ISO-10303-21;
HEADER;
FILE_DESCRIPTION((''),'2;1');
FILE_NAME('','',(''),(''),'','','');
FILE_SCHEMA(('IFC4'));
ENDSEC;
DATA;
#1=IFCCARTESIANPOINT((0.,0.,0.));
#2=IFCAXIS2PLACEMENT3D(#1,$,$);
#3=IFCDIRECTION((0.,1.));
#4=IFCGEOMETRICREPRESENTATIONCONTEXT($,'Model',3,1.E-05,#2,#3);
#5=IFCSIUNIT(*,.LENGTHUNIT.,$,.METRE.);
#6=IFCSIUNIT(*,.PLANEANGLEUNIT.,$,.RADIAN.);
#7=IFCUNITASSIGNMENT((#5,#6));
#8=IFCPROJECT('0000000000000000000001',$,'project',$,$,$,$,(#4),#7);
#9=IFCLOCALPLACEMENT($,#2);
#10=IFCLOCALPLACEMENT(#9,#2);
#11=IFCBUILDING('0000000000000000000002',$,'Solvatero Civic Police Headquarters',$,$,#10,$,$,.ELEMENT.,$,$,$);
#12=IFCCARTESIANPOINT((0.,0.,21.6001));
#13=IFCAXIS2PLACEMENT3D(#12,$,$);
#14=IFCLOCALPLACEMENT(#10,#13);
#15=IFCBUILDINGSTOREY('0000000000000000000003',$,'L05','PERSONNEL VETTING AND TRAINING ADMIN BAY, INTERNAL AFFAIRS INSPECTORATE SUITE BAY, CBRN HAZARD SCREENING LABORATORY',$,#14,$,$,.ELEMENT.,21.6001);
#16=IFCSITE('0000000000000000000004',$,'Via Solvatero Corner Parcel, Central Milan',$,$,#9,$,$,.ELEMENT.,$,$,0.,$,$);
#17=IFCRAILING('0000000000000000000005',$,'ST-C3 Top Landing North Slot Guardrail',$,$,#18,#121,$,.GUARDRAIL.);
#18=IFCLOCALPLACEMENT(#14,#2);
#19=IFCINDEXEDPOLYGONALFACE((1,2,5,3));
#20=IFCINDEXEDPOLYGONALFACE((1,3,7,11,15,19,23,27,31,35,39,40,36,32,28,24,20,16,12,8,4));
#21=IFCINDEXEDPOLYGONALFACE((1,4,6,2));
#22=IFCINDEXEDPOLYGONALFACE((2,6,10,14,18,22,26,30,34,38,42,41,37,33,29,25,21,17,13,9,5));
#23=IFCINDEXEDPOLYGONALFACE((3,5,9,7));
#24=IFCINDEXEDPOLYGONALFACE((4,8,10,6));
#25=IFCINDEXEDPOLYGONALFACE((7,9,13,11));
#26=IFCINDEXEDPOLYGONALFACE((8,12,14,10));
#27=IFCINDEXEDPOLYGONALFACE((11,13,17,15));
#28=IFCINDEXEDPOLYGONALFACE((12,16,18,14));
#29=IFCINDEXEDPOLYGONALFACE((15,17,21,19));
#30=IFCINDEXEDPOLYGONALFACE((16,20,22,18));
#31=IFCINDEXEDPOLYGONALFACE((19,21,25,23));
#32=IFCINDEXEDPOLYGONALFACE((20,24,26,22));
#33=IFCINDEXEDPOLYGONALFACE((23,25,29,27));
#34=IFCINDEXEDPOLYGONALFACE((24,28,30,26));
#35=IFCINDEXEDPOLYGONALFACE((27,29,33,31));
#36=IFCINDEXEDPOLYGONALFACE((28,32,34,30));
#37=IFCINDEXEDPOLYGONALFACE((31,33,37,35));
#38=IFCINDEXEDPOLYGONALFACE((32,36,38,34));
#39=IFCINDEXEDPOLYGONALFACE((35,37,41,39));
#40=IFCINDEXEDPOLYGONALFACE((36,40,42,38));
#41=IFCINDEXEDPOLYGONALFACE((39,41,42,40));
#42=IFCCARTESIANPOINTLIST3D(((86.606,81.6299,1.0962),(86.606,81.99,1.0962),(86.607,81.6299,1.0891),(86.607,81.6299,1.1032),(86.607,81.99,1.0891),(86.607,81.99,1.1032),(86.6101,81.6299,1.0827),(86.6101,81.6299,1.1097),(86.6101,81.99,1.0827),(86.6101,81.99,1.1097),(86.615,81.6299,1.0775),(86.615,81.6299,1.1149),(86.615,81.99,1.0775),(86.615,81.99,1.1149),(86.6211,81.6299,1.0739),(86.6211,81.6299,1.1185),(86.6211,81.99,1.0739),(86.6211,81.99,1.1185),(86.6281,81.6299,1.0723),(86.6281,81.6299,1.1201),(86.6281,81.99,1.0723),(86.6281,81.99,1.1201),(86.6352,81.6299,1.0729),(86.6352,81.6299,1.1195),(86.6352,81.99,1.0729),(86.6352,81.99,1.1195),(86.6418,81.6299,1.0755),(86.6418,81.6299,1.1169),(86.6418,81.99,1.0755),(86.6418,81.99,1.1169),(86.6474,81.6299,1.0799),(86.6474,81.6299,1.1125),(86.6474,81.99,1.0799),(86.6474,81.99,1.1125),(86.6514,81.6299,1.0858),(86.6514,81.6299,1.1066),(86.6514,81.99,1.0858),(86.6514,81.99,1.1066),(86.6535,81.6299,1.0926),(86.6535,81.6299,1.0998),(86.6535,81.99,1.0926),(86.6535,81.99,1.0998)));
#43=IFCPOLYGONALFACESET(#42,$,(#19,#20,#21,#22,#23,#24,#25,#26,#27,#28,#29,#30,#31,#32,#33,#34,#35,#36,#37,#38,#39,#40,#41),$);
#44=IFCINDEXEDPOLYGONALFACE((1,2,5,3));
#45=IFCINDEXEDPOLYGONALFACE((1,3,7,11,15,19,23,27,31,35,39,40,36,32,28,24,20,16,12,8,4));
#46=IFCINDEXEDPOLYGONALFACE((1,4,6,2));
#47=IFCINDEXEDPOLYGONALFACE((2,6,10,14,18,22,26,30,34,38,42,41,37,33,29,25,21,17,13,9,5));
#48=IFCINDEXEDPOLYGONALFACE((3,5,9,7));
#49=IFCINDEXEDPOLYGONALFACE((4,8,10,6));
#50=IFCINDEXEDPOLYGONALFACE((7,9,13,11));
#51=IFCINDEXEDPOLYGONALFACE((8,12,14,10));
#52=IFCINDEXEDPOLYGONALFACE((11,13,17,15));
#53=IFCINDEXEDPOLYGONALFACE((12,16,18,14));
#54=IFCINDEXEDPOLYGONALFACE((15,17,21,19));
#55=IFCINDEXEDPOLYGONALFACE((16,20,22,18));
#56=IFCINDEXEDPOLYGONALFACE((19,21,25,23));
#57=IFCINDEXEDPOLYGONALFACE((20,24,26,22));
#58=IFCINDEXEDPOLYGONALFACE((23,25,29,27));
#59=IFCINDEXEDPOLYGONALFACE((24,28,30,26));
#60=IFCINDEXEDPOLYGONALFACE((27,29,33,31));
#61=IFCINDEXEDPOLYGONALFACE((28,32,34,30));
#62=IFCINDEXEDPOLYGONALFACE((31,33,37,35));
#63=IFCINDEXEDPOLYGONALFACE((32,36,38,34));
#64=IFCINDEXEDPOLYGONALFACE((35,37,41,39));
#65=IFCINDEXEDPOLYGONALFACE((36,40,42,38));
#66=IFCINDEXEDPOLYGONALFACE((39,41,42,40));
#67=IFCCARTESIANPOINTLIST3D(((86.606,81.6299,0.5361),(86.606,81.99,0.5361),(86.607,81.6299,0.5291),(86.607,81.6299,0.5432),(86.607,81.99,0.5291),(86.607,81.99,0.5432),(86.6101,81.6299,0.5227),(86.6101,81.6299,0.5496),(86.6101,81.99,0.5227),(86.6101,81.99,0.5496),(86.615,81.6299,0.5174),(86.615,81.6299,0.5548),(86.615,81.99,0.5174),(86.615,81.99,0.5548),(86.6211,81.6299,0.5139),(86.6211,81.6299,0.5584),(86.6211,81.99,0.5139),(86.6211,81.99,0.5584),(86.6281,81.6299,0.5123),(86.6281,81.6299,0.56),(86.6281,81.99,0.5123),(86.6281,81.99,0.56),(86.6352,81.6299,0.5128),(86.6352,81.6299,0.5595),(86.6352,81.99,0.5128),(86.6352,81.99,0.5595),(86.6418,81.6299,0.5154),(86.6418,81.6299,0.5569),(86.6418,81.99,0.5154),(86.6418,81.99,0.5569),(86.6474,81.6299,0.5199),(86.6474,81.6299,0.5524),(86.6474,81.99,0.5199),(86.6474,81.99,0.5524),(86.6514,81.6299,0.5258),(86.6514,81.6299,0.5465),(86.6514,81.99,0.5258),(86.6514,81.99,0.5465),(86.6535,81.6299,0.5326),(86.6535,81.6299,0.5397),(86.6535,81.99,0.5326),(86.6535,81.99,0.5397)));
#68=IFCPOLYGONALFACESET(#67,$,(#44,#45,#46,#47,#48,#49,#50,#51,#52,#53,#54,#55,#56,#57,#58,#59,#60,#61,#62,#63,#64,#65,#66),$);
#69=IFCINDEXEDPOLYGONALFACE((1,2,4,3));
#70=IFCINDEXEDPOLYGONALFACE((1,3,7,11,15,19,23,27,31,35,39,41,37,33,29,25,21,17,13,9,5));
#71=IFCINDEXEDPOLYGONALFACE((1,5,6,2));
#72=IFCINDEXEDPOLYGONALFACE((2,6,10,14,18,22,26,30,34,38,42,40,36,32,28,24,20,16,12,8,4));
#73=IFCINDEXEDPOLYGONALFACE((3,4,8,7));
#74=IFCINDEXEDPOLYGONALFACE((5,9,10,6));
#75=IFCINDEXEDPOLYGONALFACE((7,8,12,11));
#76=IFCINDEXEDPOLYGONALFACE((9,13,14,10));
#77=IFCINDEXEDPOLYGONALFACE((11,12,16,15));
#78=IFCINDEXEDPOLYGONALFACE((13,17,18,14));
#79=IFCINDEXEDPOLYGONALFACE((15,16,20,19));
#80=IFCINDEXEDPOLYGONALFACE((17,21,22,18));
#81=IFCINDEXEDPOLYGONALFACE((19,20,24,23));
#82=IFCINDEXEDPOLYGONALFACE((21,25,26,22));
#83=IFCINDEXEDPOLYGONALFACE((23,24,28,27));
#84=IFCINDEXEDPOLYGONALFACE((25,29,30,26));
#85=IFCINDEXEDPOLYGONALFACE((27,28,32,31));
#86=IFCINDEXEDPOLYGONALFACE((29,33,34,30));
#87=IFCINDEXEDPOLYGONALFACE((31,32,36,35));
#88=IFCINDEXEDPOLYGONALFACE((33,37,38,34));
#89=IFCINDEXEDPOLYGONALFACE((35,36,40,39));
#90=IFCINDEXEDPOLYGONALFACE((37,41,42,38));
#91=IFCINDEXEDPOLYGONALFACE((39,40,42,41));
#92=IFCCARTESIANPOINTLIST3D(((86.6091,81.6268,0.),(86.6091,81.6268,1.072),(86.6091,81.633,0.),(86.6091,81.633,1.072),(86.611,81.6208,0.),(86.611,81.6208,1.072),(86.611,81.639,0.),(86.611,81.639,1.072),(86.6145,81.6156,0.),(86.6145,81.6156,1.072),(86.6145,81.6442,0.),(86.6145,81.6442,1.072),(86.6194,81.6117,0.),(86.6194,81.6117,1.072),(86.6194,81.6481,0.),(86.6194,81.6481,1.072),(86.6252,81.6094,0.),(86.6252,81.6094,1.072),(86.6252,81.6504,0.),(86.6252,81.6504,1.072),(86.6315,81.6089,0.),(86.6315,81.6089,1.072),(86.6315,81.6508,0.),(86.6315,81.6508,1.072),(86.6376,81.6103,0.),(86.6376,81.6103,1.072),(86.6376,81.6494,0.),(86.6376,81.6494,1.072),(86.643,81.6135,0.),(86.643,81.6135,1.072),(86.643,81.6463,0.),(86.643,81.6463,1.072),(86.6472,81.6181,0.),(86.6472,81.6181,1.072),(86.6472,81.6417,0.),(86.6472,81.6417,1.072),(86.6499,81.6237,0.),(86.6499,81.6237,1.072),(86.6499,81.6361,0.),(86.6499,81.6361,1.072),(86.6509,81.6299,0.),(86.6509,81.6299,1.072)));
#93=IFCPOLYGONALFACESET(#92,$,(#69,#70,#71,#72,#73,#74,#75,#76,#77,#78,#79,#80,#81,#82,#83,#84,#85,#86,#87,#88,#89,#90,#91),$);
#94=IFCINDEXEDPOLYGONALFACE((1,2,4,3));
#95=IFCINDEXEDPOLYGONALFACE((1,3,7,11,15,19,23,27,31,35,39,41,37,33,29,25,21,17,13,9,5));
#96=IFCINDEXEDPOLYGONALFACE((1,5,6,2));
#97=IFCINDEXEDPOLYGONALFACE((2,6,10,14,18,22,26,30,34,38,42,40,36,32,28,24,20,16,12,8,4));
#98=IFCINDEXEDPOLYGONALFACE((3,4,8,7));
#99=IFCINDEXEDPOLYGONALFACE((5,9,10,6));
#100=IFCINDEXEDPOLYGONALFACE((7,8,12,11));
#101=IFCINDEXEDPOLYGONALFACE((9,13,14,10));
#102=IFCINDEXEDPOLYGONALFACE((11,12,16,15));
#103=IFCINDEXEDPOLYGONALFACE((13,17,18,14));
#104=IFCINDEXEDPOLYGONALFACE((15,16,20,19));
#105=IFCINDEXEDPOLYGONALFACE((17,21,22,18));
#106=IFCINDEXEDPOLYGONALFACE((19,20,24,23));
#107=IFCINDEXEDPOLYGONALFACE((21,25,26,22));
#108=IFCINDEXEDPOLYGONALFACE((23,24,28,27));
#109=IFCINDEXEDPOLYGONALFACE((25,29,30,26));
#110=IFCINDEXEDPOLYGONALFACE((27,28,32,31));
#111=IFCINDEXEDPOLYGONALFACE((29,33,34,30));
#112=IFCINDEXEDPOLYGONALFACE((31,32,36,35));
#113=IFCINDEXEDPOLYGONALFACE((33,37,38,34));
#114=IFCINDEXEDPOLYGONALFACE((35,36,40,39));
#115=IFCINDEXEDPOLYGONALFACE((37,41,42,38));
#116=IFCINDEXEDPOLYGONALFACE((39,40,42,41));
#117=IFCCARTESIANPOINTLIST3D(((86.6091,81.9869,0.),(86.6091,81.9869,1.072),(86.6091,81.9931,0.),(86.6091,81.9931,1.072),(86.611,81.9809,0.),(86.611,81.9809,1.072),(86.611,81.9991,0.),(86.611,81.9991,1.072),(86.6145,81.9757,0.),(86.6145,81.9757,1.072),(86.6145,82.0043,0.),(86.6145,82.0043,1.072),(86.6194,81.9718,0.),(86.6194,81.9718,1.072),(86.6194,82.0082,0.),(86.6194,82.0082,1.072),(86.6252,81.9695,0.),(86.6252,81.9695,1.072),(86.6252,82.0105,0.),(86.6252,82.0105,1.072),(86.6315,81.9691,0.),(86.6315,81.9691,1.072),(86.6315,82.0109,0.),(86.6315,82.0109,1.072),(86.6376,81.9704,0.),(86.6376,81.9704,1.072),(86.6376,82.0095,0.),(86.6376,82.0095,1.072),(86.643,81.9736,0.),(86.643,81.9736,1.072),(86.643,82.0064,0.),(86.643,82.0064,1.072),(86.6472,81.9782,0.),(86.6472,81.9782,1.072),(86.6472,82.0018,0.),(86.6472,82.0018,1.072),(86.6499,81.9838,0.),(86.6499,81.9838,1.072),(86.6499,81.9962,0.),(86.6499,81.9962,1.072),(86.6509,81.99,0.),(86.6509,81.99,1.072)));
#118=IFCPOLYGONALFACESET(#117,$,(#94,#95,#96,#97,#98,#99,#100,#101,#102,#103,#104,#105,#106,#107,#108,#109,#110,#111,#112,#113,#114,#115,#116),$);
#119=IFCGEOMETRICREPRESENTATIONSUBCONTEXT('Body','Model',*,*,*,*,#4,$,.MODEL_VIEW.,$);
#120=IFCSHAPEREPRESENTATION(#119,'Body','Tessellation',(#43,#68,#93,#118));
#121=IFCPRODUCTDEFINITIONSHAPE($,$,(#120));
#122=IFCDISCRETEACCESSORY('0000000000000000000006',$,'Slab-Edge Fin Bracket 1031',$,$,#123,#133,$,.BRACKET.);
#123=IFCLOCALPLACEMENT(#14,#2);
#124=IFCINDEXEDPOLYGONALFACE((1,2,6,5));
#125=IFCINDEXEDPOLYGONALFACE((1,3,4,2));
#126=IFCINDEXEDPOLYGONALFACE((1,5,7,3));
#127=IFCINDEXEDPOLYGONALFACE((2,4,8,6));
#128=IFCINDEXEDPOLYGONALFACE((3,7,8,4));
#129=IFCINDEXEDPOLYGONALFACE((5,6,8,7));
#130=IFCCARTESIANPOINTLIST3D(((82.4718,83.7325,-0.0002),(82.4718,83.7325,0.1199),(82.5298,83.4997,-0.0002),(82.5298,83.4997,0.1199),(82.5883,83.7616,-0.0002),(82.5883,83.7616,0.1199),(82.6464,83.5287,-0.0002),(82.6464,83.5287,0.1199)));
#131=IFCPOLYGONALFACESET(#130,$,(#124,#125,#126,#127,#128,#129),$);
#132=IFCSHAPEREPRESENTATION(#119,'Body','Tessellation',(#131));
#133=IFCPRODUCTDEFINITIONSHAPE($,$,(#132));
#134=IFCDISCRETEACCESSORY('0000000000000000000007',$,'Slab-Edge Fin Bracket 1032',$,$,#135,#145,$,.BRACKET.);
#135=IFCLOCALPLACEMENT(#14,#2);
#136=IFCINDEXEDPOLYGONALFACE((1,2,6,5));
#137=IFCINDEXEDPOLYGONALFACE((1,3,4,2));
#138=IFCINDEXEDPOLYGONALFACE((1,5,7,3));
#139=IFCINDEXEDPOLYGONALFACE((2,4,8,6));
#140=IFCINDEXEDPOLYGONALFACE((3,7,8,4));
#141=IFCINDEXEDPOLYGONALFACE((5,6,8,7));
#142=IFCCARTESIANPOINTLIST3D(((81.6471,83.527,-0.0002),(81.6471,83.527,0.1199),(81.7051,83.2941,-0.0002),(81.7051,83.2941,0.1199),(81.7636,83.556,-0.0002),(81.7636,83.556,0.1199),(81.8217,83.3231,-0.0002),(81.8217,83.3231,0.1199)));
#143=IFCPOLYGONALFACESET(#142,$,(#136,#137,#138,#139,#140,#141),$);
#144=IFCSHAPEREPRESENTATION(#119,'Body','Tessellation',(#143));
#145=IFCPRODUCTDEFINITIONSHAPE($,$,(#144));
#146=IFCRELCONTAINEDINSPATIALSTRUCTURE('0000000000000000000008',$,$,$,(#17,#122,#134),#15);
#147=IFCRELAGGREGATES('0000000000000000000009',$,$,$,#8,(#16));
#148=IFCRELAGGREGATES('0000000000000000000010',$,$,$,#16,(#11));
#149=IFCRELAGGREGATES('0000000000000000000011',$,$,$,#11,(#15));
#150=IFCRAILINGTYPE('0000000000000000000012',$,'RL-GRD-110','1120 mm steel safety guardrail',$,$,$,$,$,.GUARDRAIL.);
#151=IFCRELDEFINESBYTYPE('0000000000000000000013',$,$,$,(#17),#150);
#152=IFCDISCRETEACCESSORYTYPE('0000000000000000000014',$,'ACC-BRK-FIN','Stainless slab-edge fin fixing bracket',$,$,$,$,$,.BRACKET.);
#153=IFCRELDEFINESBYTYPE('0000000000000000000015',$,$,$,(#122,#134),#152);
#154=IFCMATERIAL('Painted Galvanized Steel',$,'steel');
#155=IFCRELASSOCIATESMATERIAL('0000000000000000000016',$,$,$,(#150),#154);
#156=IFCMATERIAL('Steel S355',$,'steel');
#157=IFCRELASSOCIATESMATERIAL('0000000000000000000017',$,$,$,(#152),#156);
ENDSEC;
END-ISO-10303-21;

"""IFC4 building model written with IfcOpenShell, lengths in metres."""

from ifc_helpers import new_model, si_unit, direction, frame, origin, origin_2d, place, context, subcontext, project, spatial, rectangle, circle, extrude, material, type_object, element, save


model = new_model("IFC4")

# Units and contexts
model_context = context("Model", 3, precision=1e-05, world=origin(), true_north=direction((0.0, 1.0)))
body_context = subcontext(model_context, "Body", "Model", "MODEL_VIEW")
ifc_project = project(units=[si_unit("LENGTHUNIT", "METRE"), si_unit("PLANEANGLEUNIT", "RADIAN")], contexts=[model_context])

# Site, building, storey
site_placement = place(None, origin())
site = spatial("IfcSite", under=ifc_project, at=site_placement, Name="Via Solvatero Corner Parcel, Central Milan", CompositionType="ELEMENT", RefElevation=0.0)
building_placement = place(site_placement, origin())
building = spatial("IfcBuilding", under=site, at=building_placement, Name="Solvatero Civic Police Headquarters", CompositionType="ELEMENT")
storey_placement = place(building_placement, frame((0.0, 0.0, 21.6001)))
storey = spatial("IfcBuildingStorey", under=building, at=storey_placement, Name="L05", Description="PERSONNEL VETTING AND TRAINING ADMIN BAY, INTERNAL AFFAIRS INSPECTORATE SUITE BAY, CBRN HAZARD SCREENING LABORATORY", CompositionType="ELEMENT", Elevation=21.6001)

# Shared definitions
ifc_material_1 = material(Name="Steel S355", Category="steel")

# Railing
ifc_material_2 = material(Name="Painted Galvanized Steel", Category="steel")
railing_type = type_object("IfcRailingType", Name="RL-GRD-110", Description="1120 mm steel safety guardrail", PredefinedType="GUARDRAIL", material=ifc_material_2)
railing_1_placement = place(storey_placement, frame((86.6299, 81.6299, 0.0)))
element("IfcRailing", 1, at=railing_1_placement, inside=storey, type_object=railing_type, Name="ST-C3 Top Landing North Slot Guardrail", PredefinedType="GUARDRAIL", context=body_context, shape_type="SweptSolid", body=[
    extrude(circle(Radius=0.0239, at=origin_2d()), frame((0.0, 0.0, 1.0962), z_axis=(0.0, 1.0, 0.0), x_axis=(-1.0, 0.0, 0.0)), (0.0, 0.0, 1.0), 0.3601),
    extrude(circle(Radius=0.0239, at=origin_2d()), frame((0.0, 0.0, 0.5361), z_axis=(0.0, 1.0, 0.0), x_axis=(-1.0, 0.0, 0.0)), (0.0, 0.0, 1.0), 0.3601),
    extrude(circle(Radius=0.021, at=origin_2d()), origin(), (0.0, 0.0, 1.0), 1.072),
    extrude(circle(Radius=0.021, at=origin_2d()), frame((0.0, 0.3601, 0.0)), (0.0, 0.0, 1.0), 1.072),
])

# Discrete accessories
discrete_accessory_type = type_object("IfcDiscreteAccessoryType", Name="ACC-BRK-FIN", Description="Stainless slab-edge fin fixing bracket", PredefinedType="BRACKET", material=ifc_material_1)
for number, where, z_axis, x_axis, name in (
    (2, (82.5591, 83.6306, -0.0002), (0.0, 0.0, 1.0), (-0.970296, -0.241922, 0.0), "Slab-Edge Fin Bracket 1031"),
    (3, (81.7344, 83.425, -0.0002), (0.0, 0.0, 1.0), (-0.970296, -0.241922, 0.0), "Slab-Edge Fin Bracket 1032"),
):
    element("IfcDiscreteAccessory", number, at=place(storey_placement, frame(where, z_axis=z_axis, x_axis=x_axis)), inside=storey, type_object=discrete_accessory_type, Name=name, PredefinedType="BRACKET", context=body_context, shape_type="SweptSolid", body=[
        extrude(rectangle(XDim=0.1201, YDim=0.24, at=origin_2d()), origin(), (0.0, 0.0, 1.0), 0.1201),
    ])

save(model, "model.ifc")
